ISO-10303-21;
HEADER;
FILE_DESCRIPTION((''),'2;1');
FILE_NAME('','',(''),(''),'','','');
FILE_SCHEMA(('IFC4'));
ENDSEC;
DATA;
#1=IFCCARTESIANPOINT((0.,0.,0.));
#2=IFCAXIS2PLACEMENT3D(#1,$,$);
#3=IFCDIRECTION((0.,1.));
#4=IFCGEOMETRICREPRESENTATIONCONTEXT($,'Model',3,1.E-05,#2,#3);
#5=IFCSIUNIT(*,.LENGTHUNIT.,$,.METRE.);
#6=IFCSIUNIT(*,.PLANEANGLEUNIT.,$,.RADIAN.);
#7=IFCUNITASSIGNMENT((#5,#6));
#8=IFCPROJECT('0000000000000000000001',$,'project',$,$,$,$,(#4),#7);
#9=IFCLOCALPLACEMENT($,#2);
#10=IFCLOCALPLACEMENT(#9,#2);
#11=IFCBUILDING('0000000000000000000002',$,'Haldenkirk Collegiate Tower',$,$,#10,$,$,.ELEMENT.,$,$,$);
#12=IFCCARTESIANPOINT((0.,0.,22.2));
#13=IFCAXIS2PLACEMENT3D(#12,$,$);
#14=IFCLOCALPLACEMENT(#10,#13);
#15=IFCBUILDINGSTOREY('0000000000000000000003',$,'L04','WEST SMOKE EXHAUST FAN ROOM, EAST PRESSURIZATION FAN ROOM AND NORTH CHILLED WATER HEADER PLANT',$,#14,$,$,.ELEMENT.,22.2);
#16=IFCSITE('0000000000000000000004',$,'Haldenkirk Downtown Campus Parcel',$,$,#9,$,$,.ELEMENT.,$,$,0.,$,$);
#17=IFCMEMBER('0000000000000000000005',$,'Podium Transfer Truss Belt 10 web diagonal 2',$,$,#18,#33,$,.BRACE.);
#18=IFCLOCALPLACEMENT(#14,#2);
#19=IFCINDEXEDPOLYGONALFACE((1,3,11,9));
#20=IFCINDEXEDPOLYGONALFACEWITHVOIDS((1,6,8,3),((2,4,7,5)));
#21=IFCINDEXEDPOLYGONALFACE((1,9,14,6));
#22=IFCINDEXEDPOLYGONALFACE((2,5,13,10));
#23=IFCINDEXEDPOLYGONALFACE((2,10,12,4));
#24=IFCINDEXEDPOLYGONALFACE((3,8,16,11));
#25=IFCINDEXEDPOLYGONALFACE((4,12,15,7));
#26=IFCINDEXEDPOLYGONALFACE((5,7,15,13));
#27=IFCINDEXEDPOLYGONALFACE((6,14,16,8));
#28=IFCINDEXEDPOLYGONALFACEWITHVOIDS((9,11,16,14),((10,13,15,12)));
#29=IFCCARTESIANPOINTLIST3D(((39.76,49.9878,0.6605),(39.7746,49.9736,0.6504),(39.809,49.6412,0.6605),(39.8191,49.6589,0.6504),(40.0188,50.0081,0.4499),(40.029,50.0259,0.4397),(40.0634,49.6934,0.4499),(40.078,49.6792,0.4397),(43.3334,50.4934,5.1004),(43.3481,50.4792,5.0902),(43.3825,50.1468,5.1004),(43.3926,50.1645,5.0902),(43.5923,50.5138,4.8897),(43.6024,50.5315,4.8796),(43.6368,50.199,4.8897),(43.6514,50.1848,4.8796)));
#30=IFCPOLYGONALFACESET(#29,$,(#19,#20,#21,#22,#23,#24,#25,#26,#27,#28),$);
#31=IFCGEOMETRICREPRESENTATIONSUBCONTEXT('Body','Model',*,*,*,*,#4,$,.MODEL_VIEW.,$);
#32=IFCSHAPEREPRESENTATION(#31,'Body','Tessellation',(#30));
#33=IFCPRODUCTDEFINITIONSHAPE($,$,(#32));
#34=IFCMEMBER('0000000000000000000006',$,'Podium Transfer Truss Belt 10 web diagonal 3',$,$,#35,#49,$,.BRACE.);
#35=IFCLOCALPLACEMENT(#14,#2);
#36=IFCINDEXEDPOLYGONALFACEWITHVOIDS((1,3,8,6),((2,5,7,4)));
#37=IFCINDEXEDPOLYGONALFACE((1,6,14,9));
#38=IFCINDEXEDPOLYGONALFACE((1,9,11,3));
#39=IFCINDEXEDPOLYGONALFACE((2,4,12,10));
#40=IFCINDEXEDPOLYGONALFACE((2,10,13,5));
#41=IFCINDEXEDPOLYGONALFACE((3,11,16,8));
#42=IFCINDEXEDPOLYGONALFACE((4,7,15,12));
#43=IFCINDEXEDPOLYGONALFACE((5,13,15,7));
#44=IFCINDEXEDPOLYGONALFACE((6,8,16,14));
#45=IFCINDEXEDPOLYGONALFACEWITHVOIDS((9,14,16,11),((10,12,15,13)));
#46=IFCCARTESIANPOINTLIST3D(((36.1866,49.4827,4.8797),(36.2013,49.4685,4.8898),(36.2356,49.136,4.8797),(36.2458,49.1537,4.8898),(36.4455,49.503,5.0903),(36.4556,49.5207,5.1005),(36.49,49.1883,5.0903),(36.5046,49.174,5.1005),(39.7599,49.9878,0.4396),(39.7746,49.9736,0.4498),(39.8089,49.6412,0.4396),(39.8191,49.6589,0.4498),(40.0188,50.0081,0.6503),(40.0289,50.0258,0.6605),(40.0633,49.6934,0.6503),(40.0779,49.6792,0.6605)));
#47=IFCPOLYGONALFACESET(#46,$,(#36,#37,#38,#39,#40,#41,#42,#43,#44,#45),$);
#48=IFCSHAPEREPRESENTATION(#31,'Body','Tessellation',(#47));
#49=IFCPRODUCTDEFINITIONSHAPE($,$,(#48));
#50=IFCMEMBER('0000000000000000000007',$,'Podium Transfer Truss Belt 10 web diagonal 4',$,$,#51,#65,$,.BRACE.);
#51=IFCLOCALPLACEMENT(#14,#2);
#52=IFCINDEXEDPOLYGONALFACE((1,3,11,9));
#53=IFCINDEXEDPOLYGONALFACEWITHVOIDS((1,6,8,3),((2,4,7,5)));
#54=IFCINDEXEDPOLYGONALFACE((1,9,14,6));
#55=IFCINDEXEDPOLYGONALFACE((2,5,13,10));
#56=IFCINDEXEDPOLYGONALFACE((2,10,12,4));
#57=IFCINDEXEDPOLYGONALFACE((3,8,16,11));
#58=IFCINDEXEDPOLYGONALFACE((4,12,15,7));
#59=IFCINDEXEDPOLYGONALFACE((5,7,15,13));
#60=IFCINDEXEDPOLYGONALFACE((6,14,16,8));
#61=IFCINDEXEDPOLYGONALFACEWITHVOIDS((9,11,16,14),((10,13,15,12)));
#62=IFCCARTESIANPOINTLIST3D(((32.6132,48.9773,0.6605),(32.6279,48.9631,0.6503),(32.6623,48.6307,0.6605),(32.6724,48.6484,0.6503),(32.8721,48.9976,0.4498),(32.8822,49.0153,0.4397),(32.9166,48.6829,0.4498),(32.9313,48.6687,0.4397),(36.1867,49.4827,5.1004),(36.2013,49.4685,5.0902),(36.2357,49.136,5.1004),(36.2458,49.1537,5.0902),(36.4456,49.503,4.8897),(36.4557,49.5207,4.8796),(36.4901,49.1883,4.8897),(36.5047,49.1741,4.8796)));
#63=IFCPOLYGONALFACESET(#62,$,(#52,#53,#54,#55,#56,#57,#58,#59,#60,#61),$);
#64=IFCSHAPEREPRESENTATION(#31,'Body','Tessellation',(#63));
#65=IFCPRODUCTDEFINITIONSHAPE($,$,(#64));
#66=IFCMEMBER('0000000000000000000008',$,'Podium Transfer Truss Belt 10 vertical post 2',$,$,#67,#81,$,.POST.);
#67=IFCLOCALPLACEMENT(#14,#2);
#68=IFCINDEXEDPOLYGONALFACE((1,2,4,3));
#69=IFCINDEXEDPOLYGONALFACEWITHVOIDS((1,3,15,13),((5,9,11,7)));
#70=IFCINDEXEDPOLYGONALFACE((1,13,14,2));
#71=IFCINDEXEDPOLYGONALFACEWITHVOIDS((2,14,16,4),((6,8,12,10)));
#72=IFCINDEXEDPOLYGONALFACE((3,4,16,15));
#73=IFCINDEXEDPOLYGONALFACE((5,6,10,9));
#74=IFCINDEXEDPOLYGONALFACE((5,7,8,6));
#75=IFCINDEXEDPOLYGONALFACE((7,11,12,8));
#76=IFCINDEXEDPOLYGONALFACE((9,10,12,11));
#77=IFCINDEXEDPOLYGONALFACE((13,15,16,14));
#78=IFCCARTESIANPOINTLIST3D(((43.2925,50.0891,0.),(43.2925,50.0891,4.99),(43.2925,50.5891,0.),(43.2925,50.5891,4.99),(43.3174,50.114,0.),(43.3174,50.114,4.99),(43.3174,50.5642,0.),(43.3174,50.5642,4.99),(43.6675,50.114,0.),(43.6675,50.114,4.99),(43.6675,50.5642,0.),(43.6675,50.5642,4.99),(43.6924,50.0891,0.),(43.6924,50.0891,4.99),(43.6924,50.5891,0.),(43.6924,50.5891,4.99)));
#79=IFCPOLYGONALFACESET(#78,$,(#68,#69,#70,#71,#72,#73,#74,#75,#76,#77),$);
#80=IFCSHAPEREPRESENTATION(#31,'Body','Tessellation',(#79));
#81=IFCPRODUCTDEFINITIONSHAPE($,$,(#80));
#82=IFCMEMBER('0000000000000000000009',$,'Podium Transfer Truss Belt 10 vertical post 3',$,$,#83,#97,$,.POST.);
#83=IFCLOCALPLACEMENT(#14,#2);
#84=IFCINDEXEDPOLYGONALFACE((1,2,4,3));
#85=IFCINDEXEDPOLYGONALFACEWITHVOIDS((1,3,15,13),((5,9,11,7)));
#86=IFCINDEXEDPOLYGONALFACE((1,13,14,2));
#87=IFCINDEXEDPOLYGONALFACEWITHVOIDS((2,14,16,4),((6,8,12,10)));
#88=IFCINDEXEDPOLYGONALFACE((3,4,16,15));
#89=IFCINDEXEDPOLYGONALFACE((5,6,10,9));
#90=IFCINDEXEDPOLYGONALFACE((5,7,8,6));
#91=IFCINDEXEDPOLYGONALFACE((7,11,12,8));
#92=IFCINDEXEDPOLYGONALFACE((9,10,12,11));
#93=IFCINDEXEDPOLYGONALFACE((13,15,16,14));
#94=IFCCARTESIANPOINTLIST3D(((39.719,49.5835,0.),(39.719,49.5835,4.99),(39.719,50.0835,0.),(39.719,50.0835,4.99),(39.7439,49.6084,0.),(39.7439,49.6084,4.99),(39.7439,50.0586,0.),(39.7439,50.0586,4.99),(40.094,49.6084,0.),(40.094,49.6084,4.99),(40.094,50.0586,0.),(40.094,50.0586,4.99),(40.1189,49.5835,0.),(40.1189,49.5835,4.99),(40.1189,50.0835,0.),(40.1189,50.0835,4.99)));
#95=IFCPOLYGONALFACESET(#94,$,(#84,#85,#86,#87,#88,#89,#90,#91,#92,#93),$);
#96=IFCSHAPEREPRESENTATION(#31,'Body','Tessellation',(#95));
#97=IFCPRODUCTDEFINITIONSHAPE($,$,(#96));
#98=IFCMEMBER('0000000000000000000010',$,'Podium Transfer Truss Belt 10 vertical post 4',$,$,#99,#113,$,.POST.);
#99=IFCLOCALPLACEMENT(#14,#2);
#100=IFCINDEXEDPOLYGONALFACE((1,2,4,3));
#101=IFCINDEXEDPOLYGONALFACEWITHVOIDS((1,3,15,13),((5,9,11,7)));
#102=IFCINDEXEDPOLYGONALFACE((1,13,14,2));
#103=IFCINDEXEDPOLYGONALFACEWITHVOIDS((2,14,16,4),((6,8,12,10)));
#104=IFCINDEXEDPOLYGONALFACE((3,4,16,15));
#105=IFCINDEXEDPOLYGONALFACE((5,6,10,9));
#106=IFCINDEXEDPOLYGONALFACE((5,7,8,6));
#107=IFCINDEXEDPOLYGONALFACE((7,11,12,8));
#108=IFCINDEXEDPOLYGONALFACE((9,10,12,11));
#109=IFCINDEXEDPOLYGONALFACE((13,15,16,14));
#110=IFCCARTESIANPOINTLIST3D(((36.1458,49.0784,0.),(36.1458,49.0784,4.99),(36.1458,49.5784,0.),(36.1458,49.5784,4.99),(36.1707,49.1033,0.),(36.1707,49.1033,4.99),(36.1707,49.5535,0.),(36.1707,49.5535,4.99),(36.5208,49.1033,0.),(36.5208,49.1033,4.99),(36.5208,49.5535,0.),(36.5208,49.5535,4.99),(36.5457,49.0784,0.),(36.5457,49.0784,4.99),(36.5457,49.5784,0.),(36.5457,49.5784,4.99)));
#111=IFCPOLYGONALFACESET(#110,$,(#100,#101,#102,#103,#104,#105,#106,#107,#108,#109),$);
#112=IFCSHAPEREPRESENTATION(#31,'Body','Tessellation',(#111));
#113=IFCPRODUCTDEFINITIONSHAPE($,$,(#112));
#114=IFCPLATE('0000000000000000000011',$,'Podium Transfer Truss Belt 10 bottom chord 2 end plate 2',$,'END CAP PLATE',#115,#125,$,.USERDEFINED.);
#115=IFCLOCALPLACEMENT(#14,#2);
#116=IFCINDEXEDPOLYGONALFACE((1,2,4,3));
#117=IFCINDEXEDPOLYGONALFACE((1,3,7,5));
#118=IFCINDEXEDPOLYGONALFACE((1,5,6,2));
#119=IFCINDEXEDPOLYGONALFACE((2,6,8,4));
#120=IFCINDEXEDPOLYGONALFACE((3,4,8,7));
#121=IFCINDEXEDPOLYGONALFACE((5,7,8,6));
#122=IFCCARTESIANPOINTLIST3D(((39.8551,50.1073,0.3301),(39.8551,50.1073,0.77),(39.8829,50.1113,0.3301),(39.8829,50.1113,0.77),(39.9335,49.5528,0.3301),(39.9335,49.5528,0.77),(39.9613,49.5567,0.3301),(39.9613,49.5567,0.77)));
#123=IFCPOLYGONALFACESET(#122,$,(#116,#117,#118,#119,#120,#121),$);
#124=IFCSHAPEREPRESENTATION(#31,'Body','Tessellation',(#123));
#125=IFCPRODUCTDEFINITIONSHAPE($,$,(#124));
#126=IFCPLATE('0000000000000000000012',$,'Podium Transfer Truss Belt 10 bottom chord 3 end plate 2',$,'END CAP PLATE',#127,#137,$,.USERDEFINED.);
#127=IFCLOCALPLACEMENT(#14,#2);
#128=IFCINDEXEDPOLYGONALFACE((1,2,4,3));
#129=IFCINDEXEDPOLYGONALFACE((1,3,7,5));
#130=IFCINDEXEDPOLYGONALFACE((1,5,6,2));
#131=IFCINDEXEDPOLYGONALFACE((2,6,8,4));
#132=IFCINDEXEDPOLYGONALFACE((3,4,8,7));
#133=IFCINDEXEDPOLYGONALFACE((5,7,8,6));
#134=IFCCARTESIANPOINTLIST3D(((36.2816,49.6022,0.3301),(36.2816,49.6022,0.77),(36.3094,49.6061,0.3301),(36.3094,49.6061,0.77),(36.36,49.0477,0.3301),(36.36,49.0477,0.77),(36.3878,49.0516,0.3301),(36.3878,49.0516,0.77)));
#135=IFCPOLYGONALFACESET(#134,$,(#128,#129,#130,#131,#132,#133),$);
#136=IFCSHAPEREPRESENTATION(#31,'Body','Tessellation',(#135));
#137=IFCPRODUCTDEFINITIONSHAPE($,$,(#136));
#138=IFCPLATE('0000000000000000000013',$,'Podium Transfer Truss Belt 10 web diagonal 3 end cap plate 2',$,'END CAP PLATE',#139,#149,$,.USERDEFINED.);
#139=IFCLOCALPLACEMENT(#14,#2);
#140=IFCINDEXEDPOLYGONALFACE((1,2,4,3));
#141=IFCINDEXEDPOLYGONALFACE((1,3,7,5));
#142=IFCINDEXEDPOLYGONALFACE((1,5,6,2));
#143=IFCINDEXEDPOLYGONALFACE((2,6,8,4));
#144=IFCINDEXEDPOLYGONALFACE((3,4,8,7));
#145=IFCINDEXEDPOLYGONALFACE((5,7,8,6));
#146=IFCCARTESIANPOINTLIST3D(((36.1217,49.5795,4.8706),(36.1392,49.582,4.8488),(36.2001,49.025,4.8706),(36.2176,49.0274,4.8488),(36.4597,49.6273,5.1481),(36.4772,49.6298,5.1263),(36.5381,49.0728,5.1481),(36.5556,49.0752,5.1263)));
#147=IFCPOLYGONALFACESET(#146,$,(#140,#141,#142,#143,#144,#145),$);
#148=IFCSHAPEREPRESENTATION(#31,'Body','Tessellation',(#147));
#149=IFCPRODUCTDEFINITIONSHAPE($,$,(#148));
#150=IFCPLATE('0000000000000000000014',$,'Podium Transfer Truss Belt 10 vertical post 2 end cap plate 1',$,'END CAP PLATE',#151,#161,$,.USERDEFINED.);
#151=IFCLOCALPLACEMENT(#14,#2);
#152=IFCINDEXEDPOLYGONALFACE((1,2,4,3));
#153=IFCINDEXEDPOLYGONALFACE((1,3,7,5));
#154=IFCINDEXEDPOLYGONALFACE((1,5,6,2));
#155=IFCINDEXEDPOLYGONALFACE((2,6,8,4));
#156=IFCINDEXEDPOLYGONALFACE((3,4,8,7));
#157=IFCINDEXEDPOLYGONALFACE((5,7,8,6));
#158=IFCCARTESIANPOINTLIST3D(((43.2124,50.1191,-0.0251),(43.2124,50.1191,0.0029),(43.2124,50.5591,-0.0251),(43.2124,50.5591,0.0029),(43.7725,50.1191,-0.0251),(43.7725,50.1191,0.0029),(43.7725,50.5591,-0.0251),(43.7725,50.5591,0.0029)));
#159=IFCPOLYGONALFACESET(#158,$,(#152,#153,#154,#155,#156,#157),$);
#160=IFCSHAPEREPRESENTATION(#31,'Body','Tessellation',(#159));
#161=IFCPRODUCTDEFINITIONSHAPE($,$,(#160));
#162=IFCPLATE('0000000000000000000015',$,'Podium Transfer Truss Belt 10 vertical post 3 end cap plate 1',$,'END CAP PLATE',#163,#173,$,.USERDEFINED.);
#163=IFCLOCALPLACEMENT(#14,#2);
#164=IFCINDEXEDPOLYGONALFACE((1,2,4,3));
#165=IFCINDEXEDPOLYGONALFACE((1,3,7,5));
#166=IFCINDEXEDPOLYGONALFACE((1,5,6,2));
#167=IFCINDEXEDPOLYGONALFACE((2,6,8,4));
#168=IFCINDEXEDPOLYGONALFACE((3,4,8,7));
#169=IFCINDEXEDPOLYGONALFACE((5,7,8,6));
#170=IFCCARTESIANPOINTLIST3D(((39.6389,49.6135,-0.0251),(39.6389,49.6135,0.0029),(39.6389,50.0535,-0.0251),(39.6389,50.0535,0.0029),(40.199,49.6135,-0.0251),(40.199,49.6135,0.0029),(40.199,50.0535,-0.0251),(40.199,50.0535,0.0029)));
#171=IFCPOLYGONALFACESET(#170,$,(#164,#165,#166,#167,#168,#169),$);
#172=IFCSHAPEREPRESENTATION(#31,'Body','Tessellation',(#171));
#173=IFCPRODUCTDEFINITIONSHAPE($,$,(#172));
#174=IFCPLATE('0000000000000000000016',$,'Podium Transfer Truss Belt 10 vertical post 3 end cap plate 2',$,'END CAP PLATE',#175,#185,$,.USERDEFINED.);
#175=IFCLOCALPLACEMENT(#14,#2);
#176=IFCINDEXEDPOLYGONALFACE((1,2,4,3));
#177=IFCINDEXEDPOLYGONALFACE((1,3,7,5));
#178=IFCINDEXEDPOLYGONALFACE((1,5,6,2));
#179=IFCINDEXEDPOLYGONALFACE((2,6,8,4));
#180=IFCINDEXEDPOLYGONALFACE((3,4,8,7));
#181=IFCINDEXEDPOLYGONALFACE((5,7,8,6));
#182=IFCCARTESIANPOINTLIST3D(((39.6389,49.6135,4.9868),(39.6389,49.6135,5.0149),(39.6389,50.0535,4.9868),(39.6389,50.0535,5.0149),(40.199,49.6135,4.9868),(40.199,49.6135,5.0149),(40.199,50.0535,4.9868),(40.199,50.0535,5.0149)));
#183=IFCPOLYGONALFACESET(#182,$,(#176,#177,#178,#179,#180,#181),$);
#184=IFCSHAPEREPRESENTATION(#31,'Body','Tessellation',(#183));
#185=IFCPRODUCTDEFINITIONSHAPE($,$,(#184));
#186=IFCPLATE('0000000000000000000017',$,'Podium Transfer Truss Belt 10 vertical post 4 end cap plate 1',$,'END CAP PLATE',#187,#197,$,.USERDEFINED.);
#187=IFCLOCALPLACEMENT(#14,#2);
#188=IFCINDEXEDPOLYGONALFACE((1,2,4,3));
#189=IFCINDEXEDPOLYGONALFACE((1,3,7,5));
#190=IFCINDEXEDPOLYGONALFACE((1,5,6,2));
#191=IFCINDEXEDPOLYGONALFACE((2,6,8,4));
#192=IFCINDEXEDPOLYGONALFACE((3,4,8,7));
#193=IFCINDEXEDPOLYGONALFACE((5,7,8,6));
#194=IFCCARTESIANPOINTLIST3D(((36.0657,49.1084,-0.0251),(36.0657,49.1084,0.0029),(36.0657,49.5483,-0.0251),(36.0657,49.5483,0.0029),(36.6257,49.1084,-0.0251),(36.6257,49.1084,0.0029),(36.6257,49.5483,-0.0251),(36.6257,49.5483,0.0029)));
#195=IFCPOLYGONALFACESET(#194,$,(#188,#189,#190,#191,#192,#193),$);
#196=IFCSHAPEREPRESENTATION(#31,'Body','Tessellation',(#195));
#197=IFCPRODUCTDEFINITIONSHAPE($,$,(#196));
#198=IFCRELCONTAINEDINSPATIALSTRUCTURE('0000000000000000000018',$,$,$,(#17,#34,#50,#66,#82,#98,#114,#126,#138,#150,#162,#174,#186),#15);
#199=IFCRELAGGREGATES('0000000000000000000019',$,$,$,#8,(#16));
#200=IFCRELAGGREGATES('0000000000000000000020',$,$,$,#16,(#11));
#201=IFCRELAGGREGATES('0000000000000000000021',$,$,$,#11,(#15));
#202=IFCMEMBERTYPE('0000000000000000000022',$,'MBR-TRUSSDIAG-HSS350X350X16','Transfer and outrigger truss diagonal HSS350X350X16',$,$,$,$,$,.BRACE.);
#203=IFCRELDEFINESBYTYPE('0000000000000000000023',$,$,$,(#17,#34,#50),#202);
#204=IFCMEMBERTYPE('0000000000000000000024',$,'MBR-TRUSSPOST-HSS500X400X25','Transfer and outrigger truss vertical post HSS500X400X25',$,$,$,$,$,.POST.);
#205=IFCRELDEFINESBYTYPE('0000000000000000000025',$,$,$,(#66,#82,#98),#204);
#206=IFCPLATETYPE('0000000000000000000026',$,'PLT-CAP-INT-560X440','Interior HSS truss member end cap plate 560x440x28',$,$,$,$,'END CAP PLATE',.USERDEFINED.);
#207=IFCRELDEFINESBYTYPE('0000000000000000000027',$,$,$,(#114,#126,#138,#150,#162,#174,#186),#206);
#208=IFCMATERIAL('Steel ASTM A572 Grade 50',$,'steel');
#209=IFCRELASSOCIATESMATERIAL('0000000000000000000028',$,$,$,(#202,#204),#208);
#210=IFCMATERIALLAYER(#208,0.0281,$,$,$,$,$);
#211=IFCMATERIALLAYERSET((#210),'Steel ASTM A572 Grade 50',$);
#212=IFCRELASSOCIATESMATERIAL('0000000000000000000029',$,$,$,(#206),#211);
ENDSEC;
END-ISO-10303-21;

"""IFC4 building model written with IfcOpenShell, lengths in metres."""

from ifc_helpers import new_model, si_unit, direction, frame, origin, origin_2d, place, context, subcontext, project, spatial, rectangle, hollow_rectangle, extrude, source, transform, mapped, material, layer, layer_set, material_profile, profile_set, type_object, element, save


model = new_model("IFC4")

# Units and contexts
model_context = context("Model", 3, precision=1e-05, world=origin(), true_north=direction((0.0, 1.0)))
body_context = subcontext(model_context, "Body", "Model", "MODEL_VIEW")
ifc_project = project(units=[si_unit("LENGTHUNIT", "METRE"), si_unit("PLANEANGLEUNIT", "RADIAN")], contexts=[model_context])

# Site, building, storey
site_placement = place(None, origin())
site = spatial("IfcSite", under=ifc_project, at=site_placement, Name="Haldenkirk Downtown Campus Parcel", CompositionType="ELEMENT", RefElevation=0.0)
building_placement = place(site_placement, origin())
building = spatial("IfcBuilding", under=site, at=building_placement, Name="Haldenkirk Collegiate Tower", CompositionType="ELEMENT")
storey_placement = place(building_placement, frame((0.0, 0.0, 22.2)))
storey = spatial("IfcBuildingStorey", under=building, at=storey_placement, Name="L04", Description="WEST SMOKE EXHAUST FAN ROOM, EAST PRESSURIZATION FAN ROOM AND NORTH CHILLED WATER HEADER PLANT", CompositionType="ELEMENT", Elevation=22.2)

# Members
ifc_material_1 = material(Name="Steel ASTM A572 Grade 50", Category="steel")
ifc_material_profile_1 = material_profile(ifc_material_1, hollow_rectangle(XDim=0.3501, YDim=0.3501, WallThickness=0.0161, at=origin_2d()), Name="HSS350X350X16")
ifc_profile_set_1 = profile_set([ifc_material_profile_1], Name="Steel ASTM A572 Grade 50")
member_type_1 = type_object("IfcMemberType", Name="MBR-TRUSSDIAG-HSS350X350X16", Description="Transfer and outrigger truss diagonal HSS350X350X16", PredefinedType="BRACE", material=ifc_profile_set_1)
for number, where, z_axis, x_axis, name in (
    (1, (43.4924, 50.3391, 4.99), (-0.624543, -0.088367, -0.775975), (0.140095, -0.990138, 0.0), "Podium Transfer Truss Belt 10 web diagonal 2"),
    (2, (39.9189, 49.8335, 0.55), (-0.624522, -0.088285, 0.776001), (0.139972, -0.990155, 0.0), "Podium Transfer Truss Belt 10 web diagonal 3"),
    (3, (36.3457, 49.3284, 4.99), (-0.624546, -0.088325, -0.775978), (0.140029, -0.990147, 0.0), "Podium Transfer Truss Belt 10 web diagonal 4"),
):
    element("IfcMember", number, at=place(storey_placement, frame(where, z_axis=z_axis, x_axis=x_axis)), inside=storey, type_object=member_type_1, Name=name, PredefinedType="BRACE", context=body_context, shape_type="SweptSolid", body=[
        extrude(hollow_rectangle(XDim=0.3501, YDim=0.3501, WallThickness=0.0161, at=origin_2d()), origin(), (0.0, 0.0, 1.0), 5.7217),
    ])
ifc_material_profile_2 = material_profile(ifc_material_1, hollow_rectangle(XDim=0.3999, YDim=0.5, WallThickness=0.0249, at=origin_2d()), Name="HSS500X400X25")
ifc_profile_set_2 = profile_set([ifc_material_profile_2], Name="Steel ASTM A572 Grade 50")
member_type_2 = type_object("IfcMemberType", Name="MBR-TRUSSPOST-HSS500X400X25", Description="Transfer and outrigger truss vertical post HSS500X400X25", PredefinedType="POST", material=ifc_profile_set_2)
for number, where, z_axis, x_axis, name in (
    (4, (43.4924, 50.3391, 0.0), (0.0, 0.0, 1.0), (1.0, 0.0, 0.0), "Podium Transfer Truss Belt 10 vertical post 2"),
    (5, (39.9189, 49.8335, 0.0), (0.0, 0.0, 1.0), (1.0, 0.0, 0.0), "Podium Transfer Truss Belt 10 vertical post 3"),
    (6, (36.3457, 49.3284, 0.0), (0.0, 0.0, 1.0), (1.0, 0.0, 0.0), "Podium Transfer Truss Belt 10 vertical post 4"),
):
    element("IfcMember", number, at=place(storey_placement, frame(where, z_axis=z_axis, x_axis=x_axis)), inside=storey, type_object=member_type_2, Name=name, PredefinedType="POST", context=body_context, shape_type="SweptSolid", body=[
        extrude(hollow_rectangle(XDim=0.3999, YDim=0.5, WallThickness=0.0249, at=origin_2d()), origin(), (0.0, 0.0, 1.0), 4.99),
    ])

# Plates
ifc_layer = layer(ifc_material_1, 0.0281)
ifc_layer_set = layer_set([ifc_layer], Name="Steel ASTM A572 Grade 50")
plate_type = type_object("IfcPlateType", Name="PLT-CAP-INT-560X440", Description="Interior HSS truss member end cap plate 560x440x28", ElementType="END CAP PLATE", PredefinedType="USERDEFINED", material=ifc_layer_set)
shared_shape = source(origin(), body_context, "Body", "SweptSolid", [
    extrude(rectangle(XDim=0.5601, YDim=0.4399, at=origin_2d()), origin(), (0.0, 0.0, 1.0), 0.0281),
])
for number, where, z_axis, x_axis, name in (
    (7, (39.9221, 49.834, 0.55), (-0.990147, -0.140032, 0.0), (0.140032, -0.990147, 0.0), "Podium Transfer Truss Belt 10 bottom chord 2 end plate 2"),
    (8, (36.3486, 49.3289, 0.55), (-0.990147, -0.140032, 0.0), (0.140032, -0.990147, 0.0), "Podium Transfer Truss Belt 10 bottom chord 3 end plate 2"),
    (9, (36.3474, 49.3286, 4.9875), (-0.624532, -0.088313, 0.77599), (0.140013, -0.99015, 0.0), "Podium Transfer Truss Belt 10 web diagonal 3 end cap plate 2"),
    (10, (43.4924, 50.3391, 0.0029), (0.0, 0.0, -1.0), (1.0, 0.0, 0.0), "Podium Transfer Truss Belt 10 vertical post 2 end cap plate 1"),
    (11, (39.9189, 49.8335, 0.0029), (0.0, 0.0, -1.0), (1.0, 0.0, 0.0), "Podium Transfer Truss Belt 10 vertical post 3 end cap plate 1"),
    (12, (39.9189, 49.8335, 4.9868), (0.0, 0.0, 1.0), (1.0, 0.0, 0.0), "Podium Transfer Truss Belt 10 vertical post 3 end cap plate 2"),
    (13, (36.3457, 49.3284, 0.0029), (0.0, 0.0, -1.0), (1.0, 0.0, 0.0), "Podium Transfer Truss Belt 10 vertical post 4 end cap plate 1"),
):
    element("IfcPlate", number, at=place(storey_placement, frame(where, z_axis=z_axis, x_axis=x_axis)), inside=storey, type_object=plate_type, Name=name, ObjectType="END CAP PLATE", PredefinedType="USERDEFINED", context=body_context, shape_type="MappedRepresentation", body=[
        mapped(shared_shape, transform((0.0, 0.0, 0.0), x_axis=(1.0, 0.0, 0.0), y_axis=(0.0, 1.0, 0.0), z_axis=(0.0, 0.0, 1.0), scale=1.0)),
    ])

save(model, "model.ifc")
